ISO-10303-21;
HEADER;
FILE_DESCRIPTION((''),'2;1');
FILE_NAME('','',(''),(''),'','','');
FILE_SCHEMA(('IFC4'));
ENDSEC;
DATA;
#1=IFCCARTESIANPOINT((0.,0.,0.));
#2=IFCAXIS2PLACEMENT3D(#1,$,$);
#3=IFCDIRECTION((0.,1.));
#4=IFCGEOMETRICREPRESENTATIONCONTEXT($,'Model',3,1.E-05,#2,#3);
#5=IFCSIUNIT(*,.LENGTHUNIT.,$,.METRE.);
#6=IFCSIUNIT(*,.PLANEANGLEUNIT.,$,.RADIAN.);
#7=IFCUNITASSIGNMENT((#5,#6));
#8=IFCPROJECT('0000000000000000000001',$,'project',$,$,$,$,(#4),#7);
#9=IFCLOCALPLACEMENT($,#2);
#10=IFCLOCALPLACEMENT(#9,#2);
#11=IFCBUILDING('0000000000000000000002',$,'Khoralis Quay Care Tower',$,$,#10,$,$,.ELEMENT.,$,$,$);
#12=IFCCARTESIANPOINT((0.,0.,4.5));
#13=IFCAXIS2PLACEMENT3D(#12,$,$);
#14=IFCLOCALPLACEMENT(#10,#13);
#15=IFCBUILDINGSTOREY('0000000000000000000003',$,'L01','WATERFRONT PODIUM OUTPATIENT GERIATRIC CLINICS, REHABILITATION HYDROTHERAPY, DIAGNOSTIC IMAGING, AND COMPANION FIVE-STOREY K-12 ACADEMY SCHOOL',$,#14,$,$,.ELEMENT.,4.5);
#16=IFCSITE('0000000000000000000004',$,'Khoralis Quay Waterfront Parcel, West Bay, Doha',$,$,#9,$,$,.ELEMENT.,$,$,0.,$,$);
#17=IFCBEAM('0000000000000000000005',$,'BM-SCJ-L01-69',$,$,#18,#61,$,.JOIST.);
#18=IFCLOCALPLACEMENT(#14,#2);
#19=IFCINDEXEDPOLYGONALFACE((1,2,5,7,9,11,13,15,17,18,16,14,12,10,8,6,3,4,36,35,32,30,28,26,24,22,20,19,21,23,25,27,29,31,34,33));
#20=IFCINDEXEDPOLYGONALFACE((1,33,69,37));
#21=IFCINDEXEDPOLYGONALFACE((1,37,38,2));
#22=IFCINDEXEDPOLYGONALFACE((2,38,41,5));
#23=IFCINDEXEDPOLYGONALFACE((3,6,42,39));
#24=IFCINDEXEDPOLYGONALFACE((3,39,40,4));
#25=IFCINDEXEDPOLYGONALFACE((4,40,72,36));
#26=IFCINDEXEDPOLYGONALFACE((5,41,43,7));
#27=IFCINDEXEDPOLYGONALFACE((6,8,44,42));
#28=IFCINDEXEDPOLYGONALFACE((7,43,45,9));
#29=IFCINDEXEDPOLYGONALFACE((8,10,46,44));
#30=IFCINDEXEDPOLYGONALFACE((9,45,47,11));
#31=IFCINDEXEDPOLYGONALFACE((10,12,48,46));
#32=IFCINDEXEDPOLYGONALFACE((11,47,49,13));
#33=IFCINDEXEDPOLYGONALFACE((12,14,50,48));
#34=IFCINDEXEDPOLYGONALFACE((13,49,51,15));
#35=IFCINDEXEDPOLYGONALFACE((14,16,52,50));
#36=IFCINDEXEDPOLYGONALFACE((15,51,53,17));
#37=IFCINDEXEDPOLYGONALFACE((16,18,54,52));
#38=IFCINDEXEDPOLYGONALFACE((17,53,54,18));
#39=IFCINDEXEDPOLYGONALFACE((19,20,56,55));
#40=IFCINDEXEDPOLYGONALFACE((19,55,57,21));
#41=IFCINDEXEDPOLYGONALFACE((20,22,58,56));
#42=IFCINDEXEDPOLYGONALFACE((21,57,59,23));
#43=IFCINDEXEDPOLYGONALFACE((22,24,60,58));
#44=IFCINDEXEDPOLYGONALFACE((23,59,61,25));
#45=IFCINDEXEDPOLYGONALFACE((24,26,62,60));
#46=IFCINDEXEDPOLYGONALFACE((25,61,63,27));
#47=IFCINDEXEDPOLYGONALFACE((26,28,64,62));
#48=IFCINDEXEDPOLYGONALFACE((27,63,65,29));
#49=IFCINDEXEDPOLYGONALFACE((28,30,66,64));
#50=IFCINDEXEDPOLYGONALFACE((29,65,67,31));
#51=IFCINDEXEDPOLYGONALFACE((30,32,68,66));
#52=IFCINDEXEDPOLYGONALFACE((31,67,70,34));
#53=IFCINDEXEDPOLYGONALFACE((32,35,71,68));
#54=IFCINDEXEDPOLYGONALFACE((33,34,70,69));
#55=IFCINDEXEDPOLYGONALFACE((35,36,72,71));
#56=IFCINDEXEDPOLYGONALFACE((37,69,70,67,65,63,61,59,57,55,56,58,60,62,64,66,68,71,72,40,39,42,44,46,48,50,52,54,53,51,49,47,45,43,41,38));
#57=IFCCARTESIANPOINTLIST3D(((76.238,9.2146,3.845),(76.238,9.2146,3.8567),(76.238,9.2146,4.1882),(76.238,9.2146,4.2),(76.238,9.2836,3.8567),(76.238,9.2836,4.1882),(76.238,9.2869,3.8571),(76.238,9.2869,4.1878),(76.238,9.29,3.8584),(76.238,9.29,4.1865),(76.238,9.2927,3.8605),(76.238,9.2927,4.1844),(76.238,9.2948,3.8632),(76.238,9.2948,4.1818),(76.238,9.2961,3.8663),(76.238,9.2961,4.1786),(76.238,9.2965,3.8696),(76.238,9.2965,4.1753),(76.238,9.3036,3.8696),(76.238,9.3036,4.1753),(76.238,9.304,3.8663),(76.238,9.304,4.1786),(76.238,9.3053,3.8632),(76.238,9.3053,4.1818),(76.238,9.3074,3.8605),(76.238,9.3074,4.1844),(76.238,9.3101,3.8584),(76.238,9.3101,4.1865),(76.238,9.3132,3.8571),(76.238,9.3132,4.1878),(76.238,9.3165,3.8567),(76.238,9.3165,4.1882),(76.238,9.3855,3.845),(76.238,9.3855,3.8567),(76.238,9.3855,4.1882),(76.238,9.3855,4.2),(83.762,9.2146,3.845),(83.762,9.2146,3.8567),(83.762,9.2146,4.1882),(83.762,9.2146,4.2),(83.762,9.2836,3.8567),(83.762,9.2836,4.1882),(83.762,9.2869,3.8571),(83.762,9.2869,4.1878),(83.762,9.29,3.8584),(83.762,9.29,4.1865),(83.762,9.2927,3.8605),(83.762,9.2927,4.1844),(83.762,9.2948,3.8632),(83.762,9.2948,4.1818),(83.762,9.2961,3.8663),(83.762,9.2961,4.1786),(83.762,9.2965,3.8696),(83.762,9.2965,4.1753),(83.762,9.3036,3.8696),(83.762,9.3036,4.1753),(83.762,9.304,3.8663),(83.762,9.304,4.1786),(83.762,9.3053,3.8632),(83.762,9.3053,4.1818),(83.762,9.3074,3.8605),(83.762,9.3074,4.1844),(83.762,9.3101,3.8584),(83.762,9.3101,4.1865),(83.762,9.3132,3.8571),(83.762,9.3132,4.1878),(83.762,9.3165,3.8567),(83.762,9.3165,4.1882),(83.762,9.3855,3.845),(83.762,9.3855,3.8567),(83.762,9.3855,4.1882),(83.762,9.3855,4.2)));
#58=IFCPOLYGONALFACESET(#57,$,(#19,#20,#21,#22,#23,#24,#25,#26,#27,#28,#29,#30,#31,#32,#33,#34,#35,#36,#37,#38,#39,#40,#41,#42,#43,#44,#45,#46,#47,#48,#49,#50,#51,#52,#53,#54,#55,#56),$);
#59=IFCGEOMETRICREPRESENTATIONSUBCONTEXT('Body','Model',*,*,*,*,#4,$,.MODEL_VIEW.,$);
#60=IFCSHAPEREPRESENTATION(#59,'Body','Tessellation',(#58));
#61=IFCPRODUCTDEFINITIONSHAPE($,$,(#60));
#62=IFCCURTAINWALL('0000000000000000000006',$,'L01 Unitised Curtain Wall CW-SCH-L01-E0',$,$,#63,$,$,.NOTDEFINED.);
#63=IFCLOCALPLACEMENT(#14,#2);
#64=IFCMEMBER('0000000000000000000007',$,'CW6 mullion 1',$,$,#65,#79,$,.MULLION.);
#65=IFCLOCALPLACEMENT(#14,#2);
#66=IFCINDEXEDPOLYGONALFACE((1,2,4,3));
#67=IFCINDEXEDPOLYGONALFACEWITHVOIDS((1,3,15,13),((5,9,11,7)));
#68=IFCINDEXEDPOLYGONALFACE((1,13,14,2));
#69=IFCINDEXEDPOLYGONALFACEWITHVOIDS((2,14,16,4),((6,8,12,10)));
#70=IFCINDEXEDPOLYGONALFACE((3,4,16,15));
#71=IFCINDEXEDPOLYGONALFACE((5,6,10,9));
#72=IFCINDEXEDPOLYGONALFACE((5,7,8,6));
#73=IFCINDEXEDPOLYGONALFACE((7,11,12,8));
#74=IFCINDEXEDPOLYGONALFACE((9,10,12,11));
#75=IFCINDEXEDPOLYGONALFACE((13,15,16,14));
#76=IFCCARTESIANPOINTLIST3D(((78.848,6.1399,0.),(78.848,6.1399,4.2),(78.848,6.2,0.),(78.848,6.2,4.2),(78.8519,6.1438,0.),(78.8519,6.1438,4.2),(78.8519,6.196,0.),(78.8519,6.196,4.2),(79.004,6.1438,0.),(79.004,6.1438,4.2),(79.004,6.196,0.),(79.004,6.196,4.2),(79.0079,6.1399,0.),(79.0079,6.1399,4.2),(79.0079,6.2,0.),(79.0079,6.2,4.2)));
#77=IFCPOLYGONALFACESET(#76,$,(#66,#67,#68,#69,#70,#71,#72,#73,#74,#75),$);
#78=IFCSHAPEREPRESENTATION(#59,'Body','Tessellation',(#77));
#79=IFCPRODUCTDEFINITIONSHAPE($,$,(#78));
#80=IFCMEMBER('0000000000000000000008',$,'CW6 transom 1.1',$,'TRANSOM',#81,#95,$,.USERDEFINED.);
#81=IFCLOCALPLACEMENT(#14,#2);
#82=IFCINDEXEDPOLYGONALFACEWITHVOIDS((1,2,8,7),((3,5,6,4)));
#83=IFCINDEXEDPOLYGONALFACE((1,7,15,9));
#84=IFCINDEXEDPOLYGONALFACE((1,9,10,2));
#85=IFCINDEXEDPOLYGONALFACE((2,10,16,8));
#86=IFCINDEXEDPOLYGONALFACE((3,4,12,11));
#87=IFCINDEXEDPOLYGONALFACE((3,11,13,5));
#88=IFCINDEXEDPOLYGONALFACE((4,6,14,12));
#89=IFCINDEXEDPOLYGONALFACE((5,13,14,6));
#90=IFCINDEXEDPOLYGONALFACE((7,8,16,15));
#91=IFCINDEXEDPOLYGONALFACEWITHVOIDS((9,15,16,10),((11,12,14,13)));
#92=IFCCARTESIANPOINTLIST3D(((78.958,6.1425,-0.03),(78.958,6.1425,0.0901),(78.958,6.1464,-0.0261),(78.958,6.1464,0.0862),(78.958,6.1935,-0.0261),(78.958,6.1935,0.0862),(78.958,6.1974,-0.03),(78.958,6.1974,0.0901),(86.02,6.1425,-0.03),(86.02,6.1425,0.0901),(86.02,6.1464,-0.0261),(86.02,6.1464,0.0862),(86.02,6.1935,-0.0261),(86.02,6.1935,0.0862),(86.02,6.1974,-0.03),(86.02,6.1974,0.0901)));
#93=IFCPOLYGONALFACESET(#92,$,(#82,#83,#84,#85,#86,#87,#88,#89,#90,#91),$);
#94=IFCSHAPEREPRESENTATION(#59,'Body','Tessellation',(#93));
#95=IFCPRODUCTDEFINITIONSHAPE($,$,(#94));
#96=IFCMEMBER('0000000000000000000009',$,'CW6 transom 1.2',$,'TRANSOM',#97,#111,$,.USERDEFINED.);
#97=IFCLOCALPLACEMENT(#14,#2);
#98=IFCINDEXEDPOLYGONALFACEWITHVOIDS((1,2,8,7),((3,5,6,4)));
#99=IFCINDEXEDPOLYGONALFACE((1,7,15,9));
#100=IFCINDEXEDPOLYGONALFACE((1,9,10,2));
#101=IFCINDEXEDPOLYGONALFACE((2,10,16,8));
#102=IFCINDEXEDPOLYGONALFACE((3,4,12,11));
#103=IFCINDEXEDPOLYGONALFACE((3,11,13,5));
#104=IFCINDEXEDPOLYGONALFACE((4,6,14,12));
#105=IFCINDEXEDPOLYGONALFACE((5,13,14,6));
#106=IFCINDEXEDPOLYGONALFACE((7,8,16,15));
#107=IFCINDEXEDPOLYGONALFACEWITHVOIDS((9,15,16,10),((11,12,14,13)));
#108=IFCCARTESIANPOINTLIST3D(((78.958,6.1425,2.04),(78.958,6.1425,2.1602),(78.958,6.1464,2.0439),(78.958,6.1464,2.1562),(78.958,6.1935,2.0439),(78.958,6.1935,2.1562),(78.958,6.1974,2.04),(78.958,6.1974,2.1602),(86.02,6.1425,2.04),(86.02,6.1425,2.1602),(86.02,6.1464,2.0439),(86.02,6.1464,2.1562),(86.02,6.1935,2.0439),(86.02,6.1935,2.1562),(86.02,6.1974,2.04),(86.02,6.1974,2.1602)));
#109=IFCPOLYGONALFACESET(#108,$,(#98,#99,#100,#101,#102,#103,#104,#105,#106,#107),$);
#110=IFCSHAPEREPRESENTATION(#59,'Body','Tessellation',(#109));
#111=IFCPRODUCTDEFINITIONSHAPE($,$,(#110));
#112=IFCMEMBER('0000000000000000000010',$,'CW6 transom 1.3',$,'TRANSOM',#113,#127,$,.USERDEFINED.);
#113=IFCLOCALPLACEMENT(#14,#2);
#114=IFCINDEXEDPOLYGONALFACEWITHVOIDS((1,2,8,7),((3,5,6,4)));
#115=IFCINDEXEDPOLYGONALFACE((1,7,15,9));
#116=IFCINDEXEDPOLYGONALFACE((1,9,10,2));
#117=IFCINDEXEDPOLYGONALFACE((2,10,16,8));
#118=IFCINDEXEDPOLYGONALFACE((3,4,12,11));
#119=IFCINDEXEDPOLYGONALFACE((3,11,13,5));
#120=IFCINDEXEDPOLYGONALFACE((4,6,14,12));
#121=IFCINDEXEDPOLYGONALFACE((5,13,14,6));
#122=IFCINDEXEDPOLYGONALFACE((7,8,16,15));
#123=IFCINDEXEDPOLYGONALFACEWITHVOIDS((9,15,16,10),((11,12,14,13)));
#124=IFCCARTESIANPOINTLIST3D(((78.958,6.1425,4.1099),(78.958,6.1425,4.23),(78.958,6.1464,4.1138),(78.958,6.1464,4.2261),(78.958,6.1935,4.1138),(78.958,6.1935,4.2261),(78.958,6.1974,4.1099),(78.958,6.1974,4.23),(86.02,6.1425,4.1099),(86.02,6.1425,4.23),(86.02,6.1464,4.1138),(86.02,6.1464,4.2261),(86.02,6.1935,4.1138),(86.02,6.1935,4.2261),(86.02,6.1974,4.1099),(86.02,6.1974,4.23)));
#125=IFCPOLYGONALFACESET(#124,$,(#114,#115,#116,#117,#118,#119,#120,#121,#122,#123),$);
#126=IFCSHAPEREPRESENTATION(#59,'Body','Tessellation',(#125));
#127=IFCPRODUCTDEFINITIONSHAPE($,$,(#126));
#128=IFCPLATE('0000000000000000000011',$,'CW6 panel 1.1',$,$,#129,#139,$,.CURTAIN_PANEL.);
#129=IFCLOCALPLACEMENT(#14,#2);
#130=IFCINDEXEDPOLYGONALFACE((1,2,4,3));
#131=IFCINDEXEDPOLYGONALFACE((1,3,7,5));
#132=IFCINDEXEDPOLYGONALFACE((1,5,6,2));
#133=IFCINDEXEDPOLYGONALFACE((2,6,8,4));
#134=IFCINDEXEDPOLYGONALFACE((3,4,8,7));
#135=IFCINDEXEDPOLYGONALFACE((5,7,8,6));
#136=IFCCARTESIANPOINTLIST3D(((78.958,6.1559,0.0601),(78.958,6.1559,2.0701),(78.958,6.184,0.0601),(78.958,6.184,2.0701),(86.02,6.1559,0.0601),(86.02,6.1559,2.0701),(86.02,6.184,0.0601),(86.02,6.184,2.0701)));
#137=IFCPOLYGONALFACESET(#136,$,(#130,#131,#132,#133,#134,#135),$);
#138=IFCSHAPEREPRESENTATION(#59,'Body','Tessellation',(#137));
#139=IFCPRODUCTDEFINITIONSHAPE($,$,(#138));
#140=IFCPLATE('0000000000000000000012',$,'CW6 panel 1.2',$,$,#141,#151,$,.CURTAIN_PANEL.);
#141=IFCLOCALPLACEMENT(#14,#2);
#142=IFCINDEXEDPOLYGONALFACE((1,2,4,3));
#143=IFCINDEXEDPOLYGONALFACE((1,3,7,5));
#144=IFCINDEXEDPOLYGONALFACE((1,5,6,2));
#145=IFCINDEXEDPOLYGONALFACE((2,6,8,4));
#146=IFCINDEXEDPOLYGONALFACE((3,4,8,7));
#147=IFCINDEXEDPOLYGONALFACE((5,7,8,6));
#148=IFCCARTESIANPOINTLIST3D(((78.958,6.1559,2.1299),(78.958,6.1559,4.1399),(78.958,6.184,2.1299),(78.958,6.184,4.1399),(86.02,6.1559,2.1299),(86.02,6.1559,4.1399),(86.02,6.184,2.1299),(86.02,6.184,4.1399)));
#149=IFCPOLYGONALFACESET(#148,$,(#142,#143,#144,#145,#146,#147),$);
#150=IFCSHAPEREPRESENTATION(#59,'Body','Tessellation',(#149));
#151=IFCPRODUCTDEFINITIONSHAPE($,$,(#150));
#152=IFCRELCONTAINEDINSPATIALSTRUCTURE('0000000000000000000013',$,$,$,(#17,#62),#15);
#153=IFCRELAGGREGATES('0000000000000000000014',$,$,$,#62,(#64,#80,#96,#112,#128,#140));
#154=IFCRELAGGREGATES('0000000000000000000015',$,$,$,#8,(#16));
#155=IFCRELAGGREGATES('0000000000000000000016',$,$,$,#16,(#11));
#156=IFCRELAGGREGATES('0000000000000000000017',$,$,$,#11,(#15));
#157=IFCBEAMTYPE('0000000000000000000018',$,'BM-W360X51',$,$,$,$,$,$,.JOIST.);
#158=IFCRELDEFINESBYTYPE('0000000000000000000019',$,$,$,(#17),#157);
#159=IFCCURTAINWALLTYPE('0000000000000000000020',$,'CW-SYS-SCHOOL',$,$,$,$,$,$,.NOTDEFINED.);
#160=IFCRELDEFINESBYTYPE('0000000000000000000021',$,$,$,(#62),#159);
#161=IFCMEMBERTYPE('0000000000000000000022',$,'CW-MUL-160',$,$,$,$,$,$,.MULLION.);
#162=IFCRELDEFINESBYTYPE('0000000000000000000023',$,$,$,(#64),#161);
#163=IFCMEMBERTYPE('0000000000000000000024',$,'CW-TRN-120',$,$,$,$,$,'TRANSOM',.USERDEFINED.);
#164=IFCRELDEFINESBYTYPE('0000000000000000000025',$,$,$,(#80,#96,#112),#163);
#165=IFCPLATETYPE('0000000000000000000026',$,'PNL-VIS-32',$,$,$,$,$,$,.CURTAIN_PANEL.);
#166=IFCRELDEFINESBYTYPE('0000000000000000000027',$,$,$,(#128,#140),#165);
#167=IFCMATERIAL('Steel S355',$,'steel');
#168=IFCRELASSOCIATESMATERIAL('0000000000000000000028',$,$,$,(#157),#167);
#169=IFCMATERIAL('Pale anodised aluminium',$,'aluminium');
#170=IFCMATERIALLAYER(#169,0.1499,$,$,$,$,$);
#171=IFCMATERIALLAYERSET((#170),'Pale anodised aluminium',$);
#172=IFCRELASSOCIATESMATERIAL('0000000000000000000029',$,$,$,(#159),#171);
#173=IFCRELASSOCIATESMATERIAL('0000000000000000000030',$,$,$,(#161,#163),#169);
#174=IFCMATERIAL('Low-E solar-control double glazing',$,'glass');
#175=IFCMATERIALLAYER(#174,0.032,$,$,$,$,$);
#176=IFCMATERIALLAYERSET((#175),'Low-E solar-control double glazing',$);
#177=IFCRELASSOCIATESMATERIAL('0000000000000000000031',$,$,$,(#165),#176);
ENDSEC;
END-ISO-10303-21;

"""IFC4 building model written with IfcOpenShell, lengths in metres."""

from ifc_helpers import new_model, si_unit, direction, frame, origin, origin_2d, place, context, subcontext, project, spatial, rectangle, hollow_rectangle, i_section, extrude, source, transform, mapped, material, layer, layer_set, material_profile, profile_set, type_object, element, aggregate, save


model = new_model("IFC4")

# Units and contexts
model_context = context("Model", 3, precision=1e-05, world=origin(), true_north=direction((0.0, 1.0)))
body_context = subcontext(model_context, "Body", "Model", "MODEL_VIEW")
ifc_project = project(units=[si_unit("LENGTHUNIT", "METRE"), si_unit("PLANEANGLEUNIT", "RADIAN")], contexts=[model_context])

# Site, building, storey
site_placement = place(None, origin())
site = spatial("IfcSite", under=ifc_project, at=site_placement, Name="Khoralis Quay Waterfront Parcel, West Bay, Doha", CompositionType="ELEMENT", RefElevation=0.0)
building_placement = place(site_placement, origin())
building = spatial("IfcBuilding", under=site, at=building_placement, Name="Khoralis Quay Care Tower", CompositionType="ELEMENT")
storey_placement = place(building_placement, frame((0.0, 0.0, 4.5)))
storey = spatial("IfcBuildingStorey", under=building, at=storey_placement, Name="L01", Description="WATERFRONT PODIUM OUTPATIENT GERIATRIC CLINICS, REHABILITATION HYDROTHERAPY, DIAGNOSTIC IMAGING, AND COMPANION FIVE-STOREY K-12 ACADEMY SCHOOL", CompositionType="ELEMENT", Elevation=4.5)

# Beam
ifc_material_1 = material(Name="Steel S355", Category="steel")
ifc_material_profile_1 = material_profile(ifc_material_1, i_section(OverallWidth=0.1709, OverallDepth=0.355, WebThickness=0.0071, FlangeThickness=0.0117, FilletRadius=0.0129, at=origin_2d()), Name="Steel S355")
ifc_profile_set_1 = profile_set([ifc_material_profile_1], Name="Steel S355")
beam_type_1 = type_object("IfcBeamType", Name="BM-W360X51", PredefinedType="JOIST", material=ifc_profile_set_1)
shared_shape_1 = source(origin(), body_context, "Body", "SweptSolid", [
    extrude(i_section(OverallWidth=0.1709, OverallDepth=0.355, WebThickness=0.0071, FlangeThickness=0.0117, FilletRadius=0.0129, at=origin_2d()), origin(), (0.0, 0.0, 1.0), 7.5239),
])
beam_1_placement = place(storey_placement, frame((76.238, 9.3, 4.0225), z_axis=(1.0, 0.0, 0.0), x_axis=(0.0, 1.0, 0.0)))
element("IfcBeam", 1, at=beam_1_placement, inside=storey, type_object=beam_type_1, Name="BM-SCJ-L01-69", PredefinedType="JOIST", context=body_context, shape_type="MappedRepresentation", body=[
    mapped(shared_shape_1, transform((0.0, 0.0, 0.0), scale=1.0)),
])

# Curtain wall, members, plates
ifc_material_2 = material(Name="Pale anodised aluminium", Category="aluminium")
ifc_layer_1 = layer(ifc_material_2, 0.1499)
ifc_layer_set_1 = layer_set([ifc_layer_1], Name="Pale anodised aluminium")
curtain_wall_type = type_object("IfcCurtainWallType", Name="CW-SYS-SCHOOL", PredefinedType="NOTDEFINED", material=ifc_layer_set_1)
curtain_wall_placement = place(storey_placement, origin())
curtain_wall = element("IfcCurtainWall", 2, at=curtain_wall_placement, inside=storey, type_object=curtain_wall_type, Name="L01 Unitised Curtain Wall CW-SCH-L01-E0", PredefinedType="NOTDEFINED")
ifc_material_profile_2 = material_profile(ifc_material_2, hollow_rectangle(XDim=0.0601, YDim=0.1599, WallThickness=0.0039, at=origin_2d()), Name="Pale anodised aluminium")
ifc_profile_set_2 = profile_set([ifc_material_profile_2], Name="Pale anodised aluminium")
member_type_1 = type_object("IfcMemberType", Name="CW-MUL-160", PredefinedType="MULLION", material=ifc_profile_set_2)
shared_shape_2 = source(origin(), body_context, "Body", "SweptSolid", [
    extrude(hollow_rectangle(XDim=0.0601, YDim=0.1599, WallThickness=0.0039, at=origin_2d()), origin(), (0.0, 0.0, 1.0), 4.2),
])
member_1_placement = place(storey_placement, frame((78.928, 6.1699, 0.0), z_axis=(0.0, 0.0, 1.0), x_axis=(0.0, 1.0, 0.0)))
member_1 = element("IfcMember", 3, at=member_1_placement, type_object=member_type_1, Name="CW6 mullion 1", PredefinedType="MULLION", context=body_context, shape_type="MappedRepresentation", body=[
    mapped(shared_shape_2, transform((0.0, 0.0, 0.0), scale=1.0)),
])
ifc_material_profile_3 = material_profile(ifc_material_2, hollow_rectangle(XDim=0.0549, YDim=0.1201, WallThickness=0.0039, at=origin_2d()), Name="Pale anodised aluminium")
ifc_profile_set_3 = profile_set([ifc_material_profile_3], Name="Pale anodised aluminium")
member_type_2 = type_object("IfcMemberType", Name="CW-TRN-120", ElementType="TRANSOM", PredefinedType="USERDEFINED", material=ifc_profile_set_3)
shared_shape_3 = source(origin(), body_context, "Body", "SweptSolid", [
    extrude(hollow_rectangle(XDim=0.0549, YDim=0.1201, WallThickness=0.0039, at=origin_2d()), origin(), (0.0, 0.0, 1.0), 7.062),
])
member_2_placement = place(storey_placement, frame((78.958, 6.1699, 0.03), z_axis=(1.0, 0.0, 0.0), x_axis=(0.0, 1.0, 0.0)))
member_2 = element("IfcMember", 4, at=member_2_placement, type_object=member_type_2, Name="CW6 transom 1.1", ObjectType="TRANSOM", PredefinedType="USERDEFINED", context=body_context, shape_type="MappedRepresentation", body=[
    mapped(shared_shape_3, transform((0.0, 0.0, 0.0), scale=1.0)),
])
member_3_placement = place(storey_placement, frame((78.958, 6.1699, 2.1001), z_axis=(1.0, 0.0, 0.0), x_axis=(0.0, 1.0, 0.0)))
member_3 = element("IfcMember", 5, at=member_3_placement, type_object=member_type_2, Name="CW6 transom 1.2", ObjectType="TRANSOM", PredefinedType="USERDEFINED", context=body_context, shape_type="MappedRepresentation", body=[
    mapped(shared_shape_3, transform((0.0, 0.0, 0.0), scale=1.0)),
])
member_4_placement = place(storey_placement, frame((78.958, 6.1699, 4.1699), z_axis=(1.0, 0.0, 0.0), x_axis=(0.0, 1.0, 0.0)))
member_4 = element("IfcMember", 6, at=member_4_placement, type_object=member_type_2, Name="CW6 transom 1.3", ObjectType="TRANSOM", PredefinedType="USERDEFINED", context=body_context, shape_type="MappedRepresentation", body=[
    mapped(shared_shape_3, transform((0.0, 0.0, 0.0), scale=1.0)),
])
ifc_material_3 = material(Name="Low-E solar-control double glazing", Category="glass")
ifc_layer_2 = layer(ifc_material_3, 0.032)
ifc_layer_set_2 = layer_set([ifc_layer_2], Name="Low-E solar-control double glazing")
plate_type = type_object("IfcPlateType", Name="PNL-VIS-32", PredefinedType="CURTAIN_PANEL", material=ifc_layer_set_2)
shared_shape_4 = source(origin(), body_context, "Body", "SweptSolid", [
    extrude(rectangle(XDim=7.062, YDim=0.0281, at=origin_2d()), origin(), (0.0, 0.0, 1.0), 2.01),
])
plate_1_placement = place(storey_placement, frame((82.489, 6.1699, 0.0601), z_axis=(0.0, 0.0, 1.0), x_axis=(1.0, 0.0, 0.0)))
plate_1 = element("IfcPlate", 7, at=plate_1_placement, type_object=plate_type, Name="CW6 panel 1.1", PredefinedType="CURTAIN_PANEL", context=body_context, shape_type="MappedRepresentation", body=[
    mapped(shared_shape_4, transform((0.0, 0.0, 0.0), scale=1.0)),
])
plate_2_placement = place(storey_placement, frame((82.489, 6.1699, 2.1299), z_axis=(0.0, 0.0, 1.0), x_axis=(1.0, 0.0, 0.0)))
plate_2 = element("IfcPlate", 8, at=plate_2_placement, type_object=plate_type, Name="CW6 panel 1.2", PredefinedType="CURTAIN_PANEL", context=body_context, shape_type="MappedRepresentation", body=[
    mapped(shared_shape_4, transform((0.0, 0.0, 0.0), scale=1.0)),
])
aggregate(curtain_wall, [member_1, member_2, member_3, member_4, plate_1, plate_2])

save(model, "model.ifc")
